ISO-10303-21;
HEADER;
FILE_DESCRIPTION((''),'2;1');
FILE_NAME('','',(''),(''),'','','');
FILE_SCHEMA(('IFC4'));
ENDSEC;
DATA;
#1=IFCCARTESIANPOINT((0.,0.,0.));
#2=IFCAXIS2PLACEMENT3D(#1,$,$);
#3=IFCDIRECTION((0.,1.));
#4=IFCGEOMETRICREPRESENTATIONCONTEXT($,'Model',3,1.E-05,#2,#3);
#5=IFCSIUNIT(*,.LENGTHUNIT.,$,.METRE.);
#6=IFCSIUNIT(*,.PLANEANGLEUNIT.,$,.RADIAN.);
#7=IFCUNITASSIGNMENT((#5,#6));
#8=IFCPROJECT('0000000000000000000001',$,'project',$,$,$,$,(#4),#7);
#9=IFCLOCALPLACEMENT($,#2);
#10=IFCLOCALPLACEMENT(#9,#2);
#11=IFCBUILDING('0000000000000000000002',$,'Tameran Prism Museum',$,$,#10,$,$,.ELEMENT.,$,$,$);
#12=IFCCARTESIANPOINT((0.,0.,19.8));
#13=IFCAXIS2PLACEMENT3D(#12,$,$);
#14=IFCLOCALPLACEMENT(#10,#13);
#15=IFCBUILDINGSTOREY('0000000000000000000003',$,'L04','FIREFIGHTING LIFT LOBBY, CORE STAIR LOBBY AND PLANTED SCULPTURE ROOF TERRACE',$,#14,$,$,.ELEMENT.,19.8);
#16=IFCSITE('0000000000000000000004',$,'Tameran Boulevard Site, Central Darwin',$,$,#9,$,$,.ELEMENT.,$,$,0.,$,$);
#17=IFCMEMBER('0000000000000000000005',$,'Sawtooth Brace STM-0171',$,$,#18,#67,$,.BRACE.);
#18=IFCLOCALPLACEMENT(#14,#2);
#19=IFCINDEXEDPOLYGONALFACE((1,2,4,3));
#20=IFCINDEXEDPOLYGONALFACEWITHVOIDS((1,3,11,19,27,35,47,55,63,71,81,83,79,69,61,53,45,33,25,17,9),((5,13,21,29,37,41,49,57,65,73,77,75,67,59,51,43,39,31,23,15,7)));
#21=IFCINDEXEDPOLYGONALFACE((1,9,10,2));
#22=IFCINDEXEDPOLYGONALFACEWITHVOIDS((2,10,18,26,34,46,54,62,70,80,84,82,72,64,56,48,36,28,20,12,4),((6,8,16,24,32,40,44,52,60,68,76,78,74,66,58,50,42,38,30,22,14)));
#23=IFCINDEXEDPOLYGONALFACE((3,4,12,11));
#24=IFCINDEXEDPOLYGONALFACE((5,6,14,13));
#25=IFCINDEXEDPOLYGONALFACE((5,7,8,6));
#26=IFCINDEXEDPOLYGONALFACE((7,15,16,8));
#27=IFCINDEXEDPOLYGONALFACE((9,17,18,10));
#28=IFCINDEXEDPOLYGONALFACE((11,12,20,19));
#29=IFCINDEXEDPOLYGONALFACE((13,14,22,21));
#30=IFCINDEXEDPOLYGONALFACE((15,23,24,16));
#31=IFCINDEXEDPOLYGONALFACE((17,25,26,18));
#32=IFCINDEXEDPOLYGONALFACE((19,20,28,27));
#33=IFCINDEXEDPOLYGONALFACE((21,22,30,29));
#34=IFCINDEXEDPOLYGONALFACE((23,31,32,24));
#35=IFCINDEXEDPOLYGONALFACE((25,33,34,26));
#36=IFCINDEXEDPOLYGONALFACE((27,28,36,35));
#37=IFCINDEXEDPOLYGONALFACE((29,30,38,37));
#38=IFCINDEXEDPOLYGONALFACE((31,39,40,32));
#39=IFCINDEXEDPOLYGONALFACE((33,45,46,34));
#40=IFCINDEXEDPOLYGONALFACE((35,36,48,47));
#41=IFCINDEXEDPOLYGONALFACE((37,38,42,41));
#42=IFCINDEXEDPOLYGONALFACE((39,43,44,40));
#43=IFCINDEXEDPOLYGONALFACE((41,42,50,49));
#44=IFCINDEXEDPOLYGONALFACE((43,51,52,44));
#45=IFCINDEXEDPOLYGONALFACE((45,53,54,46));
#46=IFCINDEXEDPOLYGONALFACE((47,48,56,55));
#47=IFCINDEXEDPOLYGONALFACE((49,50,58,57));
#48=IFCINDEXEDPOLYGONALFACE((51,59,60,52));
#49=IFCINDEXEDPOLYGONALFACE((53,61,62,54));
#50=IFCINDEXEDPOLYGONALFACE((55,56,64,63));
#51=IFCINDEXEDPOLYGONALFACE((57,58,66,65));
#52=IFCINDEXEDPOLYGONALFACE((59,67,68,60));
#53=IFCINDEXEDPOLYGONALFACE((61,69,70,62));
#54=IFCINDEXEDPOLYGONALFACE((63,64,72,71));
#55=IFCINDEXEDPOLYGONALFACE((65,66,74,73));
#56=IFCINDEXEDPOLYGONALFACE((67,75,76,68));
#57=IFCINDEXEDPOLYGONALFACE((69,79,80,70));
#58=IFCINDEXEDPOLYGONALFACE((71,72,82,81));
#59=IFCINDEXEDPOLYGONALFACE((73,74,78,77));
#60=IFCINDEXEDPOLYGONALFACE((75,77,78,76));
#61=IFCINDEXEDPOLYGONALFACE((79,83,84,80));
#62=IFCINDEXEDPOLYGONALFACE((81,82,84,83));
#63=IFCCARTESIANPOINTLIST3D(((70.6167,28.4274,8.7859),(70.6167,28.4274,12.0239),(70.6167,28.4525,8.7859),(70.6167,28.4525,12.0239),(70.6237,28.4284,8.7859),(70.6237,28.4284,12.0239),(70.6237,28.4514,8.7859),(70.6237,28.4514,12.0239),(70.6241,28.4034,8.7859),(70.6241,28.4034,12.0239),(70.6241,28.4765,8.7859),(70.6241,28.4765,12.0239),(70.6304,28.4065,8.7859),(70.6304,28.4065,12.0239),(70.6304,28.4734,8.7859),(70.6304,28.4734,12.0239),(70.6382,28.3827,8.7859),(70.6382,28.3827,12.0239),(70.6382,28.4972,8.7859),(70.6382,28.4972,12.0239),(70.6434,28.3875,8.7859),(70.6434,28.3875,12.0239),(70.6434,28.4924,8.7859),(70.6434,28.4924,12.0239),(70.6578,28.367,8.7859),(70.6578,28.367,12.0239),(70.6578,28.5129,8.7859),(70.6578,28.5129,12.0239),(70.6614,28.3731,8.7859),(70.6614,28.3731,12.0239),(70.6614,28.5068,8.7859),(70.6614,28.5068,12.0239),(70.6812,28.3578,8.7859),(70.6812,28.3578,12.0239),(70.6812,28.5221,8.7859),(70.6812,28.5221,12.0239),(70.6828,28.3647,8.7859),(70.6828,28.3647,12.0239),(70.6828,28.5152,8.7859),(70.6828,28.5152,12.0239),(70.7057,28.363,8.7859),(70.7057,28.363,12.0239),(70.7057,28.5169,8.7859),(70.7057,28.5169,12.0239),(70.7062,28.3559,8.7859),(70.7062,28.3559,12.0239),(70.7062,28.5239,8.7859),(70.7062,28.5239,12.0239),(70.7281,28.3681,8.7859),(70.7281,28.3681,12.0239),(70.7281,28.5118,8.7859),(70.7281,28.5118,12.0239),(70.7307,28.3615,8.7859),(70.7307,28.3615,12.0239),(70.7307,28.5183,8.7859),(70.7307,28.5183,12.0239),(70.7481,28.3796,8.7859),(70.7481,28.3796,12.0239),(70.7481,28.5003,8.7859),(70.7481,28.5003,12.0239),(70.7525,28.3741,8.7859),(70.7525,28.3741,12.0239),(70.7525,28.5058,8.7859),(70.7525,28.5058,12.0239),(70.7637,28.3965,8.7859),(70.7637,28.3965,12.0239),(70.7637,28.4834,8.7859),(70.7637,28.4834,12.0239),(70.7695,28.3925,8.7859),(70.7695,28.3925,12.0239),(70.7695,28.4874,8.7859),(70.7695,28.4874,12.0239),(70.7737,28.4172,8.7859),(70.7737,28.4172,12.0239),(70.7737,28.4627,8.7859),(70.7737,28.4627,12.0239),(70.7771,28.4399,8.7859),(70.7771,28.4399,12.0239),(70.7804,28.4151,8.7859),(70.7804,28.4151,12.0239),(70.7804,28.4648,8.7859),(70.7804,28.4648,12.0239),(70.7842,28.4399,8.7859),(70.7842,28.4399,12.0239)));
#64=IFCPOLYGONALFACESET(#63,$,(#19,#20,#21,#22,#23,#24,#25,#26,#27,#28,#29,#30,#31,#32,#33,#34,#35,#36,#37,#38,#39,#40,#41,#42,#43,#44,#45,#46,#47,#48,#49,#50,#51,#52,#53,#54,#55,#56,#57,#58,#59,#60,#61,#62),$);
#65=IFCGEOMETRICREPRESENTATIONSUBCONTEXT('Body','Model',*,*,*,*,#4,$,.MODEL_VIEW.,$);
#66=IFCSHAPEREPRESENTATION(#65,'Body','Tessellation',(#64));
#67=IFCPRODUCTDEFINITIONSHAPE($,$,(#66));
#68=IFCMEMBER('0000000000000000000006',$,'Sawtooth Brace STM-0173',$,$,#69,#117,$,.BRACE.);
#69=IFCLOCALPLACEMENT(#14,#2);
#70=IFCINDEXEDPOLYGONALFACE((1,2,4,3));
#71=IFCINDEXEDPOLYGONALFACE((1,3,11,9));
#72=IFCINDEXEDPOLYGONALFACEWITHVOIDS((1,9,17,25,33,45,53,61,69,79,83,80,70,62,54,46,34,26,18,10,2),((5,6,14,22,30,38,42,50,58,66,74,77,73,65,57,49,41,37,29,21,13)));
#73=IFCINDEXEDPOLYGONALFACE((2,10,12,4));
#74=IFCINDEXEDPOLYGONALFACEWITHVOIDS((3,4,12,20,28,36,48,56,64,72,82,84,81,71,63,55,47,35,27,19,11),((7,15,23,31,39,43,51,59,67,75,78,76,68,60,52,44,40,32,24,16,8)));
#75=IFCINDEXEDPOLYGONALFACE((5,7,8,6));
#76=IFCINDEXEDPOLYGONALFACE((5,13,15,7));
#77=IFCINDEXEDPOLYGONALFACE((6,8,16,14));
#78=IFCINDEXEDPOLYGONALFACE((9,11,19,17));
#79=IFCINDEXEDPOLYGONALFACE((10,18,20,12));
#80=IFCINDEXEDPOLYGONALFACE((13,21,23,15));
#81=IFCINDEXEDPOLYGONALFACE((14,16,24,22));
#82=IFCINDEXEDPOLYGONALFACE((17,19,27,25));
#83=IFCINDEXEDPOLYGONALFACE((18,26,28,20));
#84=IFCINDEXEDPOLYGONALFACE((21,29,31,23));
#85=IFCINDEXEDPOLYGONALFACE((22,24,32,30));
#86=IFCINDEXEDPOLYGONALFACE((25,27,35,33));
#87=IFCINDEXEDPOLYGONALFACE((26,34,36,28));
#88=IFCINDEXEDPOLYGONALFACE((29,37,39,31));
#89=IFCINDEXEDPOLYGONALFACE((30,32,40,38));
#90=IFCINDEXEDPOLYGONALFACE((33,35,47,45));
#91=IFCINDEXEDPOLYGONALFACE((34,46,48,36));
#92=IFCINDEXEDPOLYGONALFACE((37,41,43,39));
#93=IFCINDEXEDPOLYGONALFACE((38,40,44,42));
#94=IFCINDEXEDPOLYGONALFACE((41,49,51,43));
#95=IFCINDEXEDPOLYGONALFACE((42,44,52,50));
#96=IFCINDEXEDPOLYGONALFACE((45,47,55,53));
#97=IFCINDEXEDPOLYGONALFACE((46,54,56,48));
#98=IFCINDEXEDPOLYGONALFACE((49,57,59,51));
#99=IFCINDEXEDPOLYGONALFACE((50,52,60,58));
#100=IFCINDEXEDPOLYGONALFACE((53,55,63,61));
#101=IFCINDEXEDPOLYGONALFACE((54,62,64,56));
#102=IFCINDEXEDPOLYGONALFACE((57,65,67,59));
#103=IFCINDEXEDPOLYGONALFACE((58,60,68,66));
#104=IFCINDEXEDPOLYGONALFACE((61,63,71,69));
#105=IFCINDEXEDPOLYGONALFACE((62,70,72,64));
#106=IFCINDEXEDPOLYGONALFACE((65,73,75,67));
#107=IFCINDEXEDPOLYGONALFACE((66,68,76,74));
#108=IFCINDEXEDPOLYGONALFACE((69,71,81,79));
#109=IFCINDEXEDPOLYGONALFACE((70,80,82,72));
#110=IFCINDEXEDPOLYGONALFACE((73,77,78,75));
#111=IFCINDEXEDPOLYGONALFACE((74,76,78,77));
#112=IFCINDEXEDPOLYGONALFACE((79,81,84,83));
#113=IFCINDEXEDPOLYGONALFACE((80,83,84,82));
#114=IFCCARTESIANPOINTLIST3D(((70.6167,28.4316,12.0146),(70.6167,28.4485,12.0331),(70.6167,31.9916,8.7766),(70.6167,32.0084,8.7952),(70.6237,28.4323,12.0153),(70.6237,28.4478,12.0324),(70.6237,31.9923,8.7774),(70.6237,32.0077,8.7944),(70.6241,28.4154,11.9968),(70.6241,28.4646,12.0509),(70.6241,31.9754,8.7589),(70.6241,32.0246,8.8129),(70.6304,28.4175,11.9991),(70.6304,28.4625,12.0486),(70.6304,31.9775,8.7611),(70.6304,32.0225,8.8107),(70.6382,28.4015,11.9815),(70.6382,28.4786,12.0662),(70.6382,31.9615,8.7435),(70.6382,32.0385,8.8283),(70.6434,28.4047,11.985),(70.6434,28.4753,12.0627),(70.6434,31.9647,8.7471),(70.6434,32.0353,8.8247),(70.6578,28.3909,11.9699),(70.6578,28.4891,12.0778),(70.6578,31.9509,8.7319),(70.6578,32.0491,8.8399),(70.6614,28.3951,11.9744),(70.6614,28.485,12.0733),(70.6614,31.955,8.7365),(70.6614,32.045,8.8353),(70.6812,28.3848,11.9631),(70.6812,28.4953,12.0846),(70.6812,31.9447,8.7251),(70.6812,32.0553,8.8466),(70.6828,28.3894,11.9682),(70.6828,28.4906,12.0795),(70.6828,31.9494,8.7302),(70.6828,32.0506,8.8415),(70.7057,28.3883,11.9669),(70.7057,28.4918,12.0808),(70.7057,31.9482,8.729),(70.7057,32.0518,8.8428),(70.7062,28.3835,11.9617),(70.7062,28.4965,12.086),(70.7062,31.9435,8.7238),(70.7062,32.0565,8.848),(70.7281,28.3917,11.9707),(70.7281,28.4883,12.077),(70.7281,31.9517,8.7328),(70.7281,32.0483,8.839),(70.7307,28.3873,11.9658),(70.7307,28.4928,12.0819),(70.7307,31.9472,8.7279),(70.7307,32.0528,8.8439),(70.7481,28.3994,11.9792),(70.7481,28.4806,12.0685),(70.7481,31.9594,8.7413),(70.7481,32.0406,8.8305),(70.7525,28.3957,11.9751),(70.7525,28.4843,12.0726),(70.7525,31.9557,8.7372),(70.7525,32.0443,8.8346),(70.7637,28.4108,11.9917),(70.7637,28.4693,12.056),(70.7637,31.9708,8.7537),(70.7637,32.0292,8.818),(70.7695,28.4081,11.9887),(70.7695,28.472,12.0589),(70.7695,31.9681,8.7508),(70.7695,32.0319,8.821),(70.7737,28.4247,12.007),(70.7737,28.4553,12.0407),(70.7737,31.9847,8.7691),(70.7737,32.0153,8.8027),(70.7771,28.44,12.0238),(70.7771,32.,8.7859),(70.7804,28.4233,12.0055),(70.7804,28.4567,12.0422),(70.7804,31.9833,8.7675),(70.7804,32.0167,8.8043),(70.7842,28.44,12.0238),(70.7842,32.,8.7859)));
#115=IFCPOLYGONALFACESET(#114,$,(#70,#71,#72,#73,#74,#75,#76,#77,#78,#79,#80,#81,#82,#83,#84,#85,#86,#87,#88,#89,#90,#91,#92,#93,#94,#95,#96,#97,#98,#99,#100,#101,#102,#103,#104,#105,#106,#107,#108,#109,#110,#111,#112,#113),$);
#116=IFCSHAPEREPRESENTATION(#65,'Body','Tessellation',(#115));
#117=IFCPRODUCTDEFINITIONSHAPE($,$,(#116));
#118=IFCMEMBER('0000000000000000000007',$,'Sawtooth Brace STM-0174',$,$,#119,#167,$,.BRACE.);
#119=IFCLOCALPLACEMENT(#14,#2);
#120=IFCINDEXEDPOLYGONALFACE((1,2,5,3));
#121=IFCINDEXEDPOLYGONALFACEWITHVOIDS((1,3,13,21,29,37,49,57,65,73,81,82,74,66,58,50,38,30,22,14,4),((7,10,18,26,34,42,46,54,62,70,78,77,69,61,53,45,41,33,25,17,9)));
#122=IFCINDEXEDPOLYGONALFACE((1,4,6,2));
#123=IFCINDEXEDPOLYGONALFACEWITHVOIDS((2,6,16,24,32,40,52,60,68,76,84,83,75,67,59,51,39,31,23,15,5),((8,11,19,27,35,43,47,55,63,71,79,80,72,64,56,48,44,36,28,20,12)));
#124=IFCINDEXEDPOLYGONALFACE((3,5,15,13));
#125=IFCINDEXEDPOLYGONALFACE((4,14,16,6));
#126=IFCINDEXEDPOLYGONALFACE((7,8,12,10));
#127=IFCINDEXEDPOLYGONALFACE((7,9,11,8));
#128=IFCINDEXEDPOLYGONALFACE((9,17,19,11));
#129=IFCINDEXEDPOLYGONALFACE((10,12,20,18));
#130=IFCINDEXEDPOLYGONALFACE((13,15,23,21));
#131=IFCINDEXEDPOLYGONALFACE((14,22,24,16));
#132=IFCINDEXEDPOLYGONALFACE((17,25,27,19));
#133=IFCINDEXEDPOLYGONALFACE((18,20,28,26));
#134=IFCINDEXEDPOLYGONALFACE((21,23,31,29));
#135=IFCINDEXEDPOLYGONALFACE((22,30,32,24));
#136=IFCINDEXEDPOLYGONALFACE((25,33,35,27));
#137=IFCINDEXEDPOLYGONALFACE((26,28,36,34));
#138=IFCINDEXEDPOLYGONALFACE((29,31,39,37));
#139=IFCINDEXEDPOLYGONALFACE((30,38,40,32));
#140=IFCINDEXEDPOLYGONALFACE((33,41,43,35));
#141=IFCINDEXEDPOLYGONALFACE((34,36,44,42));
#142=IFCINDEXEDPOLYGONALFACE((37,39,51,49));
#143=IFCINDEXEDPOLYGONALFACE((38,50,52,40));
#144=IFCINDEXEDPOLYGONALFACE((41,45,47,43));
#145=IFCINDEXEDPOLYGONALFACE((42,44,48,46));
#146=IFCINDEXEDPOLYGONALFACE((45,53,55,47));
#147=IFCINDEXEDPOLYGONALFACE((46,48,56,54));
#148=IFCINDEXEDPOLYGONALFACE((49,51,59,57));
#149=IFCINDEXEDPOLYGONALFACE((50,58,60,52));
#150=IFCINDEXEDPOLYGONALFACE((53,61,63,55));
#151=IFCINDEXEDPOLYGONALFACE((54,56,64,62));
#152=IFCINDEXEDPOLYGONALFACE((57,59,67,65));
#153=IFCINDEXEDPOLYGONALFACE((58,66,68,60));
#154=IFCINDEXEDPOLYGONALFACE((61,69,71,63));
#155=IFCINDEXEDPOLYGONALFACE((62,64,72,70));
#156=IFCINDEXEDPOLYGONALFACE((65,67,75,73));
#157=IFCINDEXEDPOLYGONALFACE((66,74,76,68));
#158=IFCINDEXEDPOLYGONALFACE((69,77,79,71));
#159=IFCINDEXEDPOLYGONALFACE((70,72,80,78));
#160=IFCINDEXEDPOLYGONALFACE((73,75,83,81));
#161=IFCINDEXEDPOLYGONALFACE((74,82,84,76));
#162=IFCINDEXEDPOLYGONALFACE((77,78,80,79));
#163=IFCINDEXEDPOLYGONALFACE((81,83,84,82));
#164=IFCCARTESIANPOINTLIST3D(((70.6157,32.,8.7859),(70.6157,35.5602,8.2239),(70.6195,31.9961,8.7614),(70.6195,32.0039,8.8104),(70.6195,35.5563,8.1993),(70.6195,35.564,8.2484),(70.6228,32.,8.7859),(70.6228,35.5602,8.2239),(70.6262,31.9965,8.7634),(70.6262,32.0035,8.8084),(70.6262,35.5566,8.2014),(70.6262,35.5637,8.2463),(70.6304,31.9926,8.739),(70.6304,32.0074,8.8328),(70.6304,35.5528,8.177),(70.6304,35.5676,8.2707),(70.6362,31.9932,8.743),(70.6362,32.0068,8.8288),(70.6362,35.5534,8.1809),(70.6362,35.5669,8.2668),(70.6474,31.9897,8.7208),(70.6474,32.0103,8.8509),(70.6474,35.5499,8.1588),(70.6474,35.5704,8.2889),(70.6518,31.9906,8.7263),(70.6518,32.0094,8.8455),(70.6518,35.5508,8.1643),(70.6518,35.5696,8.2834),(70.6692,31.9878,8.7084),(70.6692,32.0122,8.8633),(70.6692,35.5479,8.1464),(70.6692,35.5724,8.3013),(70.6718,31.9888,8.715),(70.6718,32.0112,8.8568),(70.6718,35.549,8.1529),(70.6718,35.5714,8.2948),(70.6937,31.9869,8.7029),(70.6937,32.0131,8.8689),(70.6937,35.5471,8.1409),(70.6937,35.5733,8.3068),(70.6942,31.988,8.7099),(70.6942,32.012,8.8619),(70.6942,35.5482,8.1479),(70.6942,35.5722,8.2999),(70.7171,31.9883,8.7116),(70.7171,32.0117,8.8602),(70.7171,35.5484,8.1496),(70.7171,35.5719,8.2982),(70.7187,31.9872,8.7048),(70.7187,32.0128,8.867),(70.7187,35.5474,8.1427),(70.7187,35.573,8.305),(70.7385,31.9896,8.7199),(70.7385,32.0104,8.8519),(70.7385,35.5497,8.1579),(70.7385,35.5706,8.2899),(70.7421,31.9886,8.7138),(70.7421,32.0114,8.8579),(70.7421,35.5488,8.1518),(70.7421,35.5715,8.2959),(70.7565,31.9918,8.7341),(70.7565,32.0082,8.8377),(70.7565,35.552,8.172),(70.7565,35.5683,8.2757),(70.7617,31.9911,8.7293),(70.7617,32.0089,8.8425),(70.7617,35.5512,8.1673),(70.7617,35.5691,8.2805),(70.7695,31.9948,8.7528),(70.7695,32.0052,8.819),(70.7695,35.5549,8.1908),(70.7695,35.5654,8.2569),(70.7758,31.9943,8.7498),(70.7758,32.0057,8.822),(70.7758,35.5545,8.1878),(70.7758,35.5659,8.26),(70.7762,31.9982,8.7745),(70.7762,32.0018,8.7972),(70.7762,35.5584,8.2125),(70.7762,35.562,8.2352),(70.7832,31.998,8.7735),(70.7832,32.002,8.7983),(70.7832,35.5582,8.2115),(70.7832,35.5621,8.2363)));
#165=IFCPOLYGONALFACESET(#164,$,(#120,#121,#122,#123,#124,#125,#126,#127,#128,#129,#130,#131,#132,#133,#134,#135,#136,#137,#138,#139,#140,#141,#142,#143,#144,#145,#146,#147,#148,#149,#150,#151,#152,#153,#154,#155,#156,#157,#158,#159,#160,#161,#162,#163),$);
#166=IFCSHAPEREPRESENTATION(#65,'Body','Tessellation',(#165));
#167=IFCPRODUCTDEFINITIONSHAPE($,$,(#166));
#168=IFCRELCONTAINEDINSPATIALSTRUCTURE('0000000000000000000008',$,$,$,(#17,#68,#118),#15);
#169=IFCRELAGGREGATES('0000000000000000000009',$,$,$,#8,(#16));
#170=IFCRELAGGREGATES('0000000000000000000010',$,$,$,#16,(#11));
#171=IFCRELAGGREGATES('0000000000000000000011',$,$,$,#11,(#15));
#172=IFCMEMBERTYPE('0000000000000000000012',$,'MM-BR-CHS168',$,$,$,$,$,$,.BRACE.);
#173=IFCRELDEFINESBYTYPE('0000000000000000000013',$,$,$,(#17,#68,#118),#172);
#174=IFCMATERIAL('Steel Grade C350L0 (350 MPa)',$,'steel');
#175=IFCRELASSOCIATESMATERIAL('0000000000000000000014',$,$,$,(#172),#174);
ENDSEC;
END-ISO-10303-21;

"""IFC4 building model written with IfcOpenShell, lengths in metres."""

from ifc_helpers import new_model, si_unit, direction, frame, origin, origin_2d, place, context, subcontext, project, spatial, hollow_circle, extrude, material, material_profile, profile_set, type_object, element, save


model = new_model("IFC4")

# Units and contexts
model_context = context("Model", 3, precision=1e-05, world=origin(), true_north=direction((0.0, 1.0)))
body_context = subcontext(model_context, "Body", "Model", "MODEL_VIEW")
ifc_project = project(units=[si_unit("LENGTHUNIT", "METRE"), si_unit("PLANEANGLEUNIT", "RADIAN")], contexts=[model_context])

# Site, building, storey
site_placement = place(None, origin())
site = spatial("IfcSite", under=ifc_project, at=site_placement, Name="Tameran Boulevard Site, Central Darwin", CompositionType="ELEMENT", RefElevation=0.0)
building_placement = place(site_placement, origin())
building = spatial("IfcBuilding", under=site, at=building_placement, Name="Tameran Prism Museum", CompositionType="ELEMENT")
storey_placement = place(building_placement, frame((0.0, 0.0, 19.8)))
storey = spatial("IfcBuildingStorey", under=building, at=storey_placement, Name="L04", Description="FIREFIGHTING LIFT LOBBY, CORE STAIR LOBBY AND PLANTED SCULPTURE ROOF TERRACE", CompositionType="ELEMENT", Elevation=19.8)

# Members
ifc_material_1 = material(Name="Steel Grade C350L0 (350 MPa)", Category="steel")
ifc_material_profile_1 = material_profile(ifc_material_1, hollow_circle(Radius=0.0842, WallThickness=0.0071, at=origin_2d()))
ifc_profile_set_1 = profile_set([ifc_material_profile_1])
member_type_1 = type_object("IfcMemberType", Name="MM-BR-CHS168", PredefinedType="BRACE", material=ifc_profile_set_1)
member_1_placement = place(storey_placement, frame((70.7, 28.4399, 8.7859), z_axis=(0.0, 0.0, 1.0), x_axis=(1.0, 0.0, 0.0)))
element("IfcMember", 1, at=member_1_placement, inside=storey, type_object=member_type_1, Name="Sawtooth Brace STM-0171", PredefinedType="BRACE", context=body_context, shape_type="SweptSolid", body=[
    extrude(hollow_circle(Radius=0.0842, WallThickness=0.0071, at=origin_2d()), origin(), (0.0, 0.0, 1.0), 3.238),
])
member_2_placement = place(storey_placement, frame((70.7, 32.0, 8.7859), z_axis=(0.0, -0.739772, 0.672857), x_axis=(1.0, 0.0, 0.0)))
element("IfcMember", 2, at=member_2_placement, inside=storey, type_object=member_type_1, Name="Sawtooth Brace STM-0173", PredefinedType="BRACE", context=body_context, shape_type="SweptSolid", body=[
    extrude(hollow_circle(Radius=0.0842, WallThickness=0.0071, at=origin_2d()), origin(), (0.0, 0.0, 1.0), 4.8123),
])
member_3_placement = place(storey_placement, frame((70.7, 32.0, 8.7859), z_axis=(0.0, 0.987767, -0.155935), x_axis=(-1.0, 0.0, 0.0)))
element("IfcMember", 3, at=member_3_placement, inside=storey, type_object=member_type_1, Name="Sawtooth Brace STM-0174", PredefinedType="BRACE", context=body_context, shape_type="SweptSolid", body=[
    extrude(hollow_circle(Radius=0.0842, WallThickness=0.0071, at=origin_2d()), origin(), (0.0, 0.0, 1.0), 3.6042),
])

save(model, "model.ifc")
